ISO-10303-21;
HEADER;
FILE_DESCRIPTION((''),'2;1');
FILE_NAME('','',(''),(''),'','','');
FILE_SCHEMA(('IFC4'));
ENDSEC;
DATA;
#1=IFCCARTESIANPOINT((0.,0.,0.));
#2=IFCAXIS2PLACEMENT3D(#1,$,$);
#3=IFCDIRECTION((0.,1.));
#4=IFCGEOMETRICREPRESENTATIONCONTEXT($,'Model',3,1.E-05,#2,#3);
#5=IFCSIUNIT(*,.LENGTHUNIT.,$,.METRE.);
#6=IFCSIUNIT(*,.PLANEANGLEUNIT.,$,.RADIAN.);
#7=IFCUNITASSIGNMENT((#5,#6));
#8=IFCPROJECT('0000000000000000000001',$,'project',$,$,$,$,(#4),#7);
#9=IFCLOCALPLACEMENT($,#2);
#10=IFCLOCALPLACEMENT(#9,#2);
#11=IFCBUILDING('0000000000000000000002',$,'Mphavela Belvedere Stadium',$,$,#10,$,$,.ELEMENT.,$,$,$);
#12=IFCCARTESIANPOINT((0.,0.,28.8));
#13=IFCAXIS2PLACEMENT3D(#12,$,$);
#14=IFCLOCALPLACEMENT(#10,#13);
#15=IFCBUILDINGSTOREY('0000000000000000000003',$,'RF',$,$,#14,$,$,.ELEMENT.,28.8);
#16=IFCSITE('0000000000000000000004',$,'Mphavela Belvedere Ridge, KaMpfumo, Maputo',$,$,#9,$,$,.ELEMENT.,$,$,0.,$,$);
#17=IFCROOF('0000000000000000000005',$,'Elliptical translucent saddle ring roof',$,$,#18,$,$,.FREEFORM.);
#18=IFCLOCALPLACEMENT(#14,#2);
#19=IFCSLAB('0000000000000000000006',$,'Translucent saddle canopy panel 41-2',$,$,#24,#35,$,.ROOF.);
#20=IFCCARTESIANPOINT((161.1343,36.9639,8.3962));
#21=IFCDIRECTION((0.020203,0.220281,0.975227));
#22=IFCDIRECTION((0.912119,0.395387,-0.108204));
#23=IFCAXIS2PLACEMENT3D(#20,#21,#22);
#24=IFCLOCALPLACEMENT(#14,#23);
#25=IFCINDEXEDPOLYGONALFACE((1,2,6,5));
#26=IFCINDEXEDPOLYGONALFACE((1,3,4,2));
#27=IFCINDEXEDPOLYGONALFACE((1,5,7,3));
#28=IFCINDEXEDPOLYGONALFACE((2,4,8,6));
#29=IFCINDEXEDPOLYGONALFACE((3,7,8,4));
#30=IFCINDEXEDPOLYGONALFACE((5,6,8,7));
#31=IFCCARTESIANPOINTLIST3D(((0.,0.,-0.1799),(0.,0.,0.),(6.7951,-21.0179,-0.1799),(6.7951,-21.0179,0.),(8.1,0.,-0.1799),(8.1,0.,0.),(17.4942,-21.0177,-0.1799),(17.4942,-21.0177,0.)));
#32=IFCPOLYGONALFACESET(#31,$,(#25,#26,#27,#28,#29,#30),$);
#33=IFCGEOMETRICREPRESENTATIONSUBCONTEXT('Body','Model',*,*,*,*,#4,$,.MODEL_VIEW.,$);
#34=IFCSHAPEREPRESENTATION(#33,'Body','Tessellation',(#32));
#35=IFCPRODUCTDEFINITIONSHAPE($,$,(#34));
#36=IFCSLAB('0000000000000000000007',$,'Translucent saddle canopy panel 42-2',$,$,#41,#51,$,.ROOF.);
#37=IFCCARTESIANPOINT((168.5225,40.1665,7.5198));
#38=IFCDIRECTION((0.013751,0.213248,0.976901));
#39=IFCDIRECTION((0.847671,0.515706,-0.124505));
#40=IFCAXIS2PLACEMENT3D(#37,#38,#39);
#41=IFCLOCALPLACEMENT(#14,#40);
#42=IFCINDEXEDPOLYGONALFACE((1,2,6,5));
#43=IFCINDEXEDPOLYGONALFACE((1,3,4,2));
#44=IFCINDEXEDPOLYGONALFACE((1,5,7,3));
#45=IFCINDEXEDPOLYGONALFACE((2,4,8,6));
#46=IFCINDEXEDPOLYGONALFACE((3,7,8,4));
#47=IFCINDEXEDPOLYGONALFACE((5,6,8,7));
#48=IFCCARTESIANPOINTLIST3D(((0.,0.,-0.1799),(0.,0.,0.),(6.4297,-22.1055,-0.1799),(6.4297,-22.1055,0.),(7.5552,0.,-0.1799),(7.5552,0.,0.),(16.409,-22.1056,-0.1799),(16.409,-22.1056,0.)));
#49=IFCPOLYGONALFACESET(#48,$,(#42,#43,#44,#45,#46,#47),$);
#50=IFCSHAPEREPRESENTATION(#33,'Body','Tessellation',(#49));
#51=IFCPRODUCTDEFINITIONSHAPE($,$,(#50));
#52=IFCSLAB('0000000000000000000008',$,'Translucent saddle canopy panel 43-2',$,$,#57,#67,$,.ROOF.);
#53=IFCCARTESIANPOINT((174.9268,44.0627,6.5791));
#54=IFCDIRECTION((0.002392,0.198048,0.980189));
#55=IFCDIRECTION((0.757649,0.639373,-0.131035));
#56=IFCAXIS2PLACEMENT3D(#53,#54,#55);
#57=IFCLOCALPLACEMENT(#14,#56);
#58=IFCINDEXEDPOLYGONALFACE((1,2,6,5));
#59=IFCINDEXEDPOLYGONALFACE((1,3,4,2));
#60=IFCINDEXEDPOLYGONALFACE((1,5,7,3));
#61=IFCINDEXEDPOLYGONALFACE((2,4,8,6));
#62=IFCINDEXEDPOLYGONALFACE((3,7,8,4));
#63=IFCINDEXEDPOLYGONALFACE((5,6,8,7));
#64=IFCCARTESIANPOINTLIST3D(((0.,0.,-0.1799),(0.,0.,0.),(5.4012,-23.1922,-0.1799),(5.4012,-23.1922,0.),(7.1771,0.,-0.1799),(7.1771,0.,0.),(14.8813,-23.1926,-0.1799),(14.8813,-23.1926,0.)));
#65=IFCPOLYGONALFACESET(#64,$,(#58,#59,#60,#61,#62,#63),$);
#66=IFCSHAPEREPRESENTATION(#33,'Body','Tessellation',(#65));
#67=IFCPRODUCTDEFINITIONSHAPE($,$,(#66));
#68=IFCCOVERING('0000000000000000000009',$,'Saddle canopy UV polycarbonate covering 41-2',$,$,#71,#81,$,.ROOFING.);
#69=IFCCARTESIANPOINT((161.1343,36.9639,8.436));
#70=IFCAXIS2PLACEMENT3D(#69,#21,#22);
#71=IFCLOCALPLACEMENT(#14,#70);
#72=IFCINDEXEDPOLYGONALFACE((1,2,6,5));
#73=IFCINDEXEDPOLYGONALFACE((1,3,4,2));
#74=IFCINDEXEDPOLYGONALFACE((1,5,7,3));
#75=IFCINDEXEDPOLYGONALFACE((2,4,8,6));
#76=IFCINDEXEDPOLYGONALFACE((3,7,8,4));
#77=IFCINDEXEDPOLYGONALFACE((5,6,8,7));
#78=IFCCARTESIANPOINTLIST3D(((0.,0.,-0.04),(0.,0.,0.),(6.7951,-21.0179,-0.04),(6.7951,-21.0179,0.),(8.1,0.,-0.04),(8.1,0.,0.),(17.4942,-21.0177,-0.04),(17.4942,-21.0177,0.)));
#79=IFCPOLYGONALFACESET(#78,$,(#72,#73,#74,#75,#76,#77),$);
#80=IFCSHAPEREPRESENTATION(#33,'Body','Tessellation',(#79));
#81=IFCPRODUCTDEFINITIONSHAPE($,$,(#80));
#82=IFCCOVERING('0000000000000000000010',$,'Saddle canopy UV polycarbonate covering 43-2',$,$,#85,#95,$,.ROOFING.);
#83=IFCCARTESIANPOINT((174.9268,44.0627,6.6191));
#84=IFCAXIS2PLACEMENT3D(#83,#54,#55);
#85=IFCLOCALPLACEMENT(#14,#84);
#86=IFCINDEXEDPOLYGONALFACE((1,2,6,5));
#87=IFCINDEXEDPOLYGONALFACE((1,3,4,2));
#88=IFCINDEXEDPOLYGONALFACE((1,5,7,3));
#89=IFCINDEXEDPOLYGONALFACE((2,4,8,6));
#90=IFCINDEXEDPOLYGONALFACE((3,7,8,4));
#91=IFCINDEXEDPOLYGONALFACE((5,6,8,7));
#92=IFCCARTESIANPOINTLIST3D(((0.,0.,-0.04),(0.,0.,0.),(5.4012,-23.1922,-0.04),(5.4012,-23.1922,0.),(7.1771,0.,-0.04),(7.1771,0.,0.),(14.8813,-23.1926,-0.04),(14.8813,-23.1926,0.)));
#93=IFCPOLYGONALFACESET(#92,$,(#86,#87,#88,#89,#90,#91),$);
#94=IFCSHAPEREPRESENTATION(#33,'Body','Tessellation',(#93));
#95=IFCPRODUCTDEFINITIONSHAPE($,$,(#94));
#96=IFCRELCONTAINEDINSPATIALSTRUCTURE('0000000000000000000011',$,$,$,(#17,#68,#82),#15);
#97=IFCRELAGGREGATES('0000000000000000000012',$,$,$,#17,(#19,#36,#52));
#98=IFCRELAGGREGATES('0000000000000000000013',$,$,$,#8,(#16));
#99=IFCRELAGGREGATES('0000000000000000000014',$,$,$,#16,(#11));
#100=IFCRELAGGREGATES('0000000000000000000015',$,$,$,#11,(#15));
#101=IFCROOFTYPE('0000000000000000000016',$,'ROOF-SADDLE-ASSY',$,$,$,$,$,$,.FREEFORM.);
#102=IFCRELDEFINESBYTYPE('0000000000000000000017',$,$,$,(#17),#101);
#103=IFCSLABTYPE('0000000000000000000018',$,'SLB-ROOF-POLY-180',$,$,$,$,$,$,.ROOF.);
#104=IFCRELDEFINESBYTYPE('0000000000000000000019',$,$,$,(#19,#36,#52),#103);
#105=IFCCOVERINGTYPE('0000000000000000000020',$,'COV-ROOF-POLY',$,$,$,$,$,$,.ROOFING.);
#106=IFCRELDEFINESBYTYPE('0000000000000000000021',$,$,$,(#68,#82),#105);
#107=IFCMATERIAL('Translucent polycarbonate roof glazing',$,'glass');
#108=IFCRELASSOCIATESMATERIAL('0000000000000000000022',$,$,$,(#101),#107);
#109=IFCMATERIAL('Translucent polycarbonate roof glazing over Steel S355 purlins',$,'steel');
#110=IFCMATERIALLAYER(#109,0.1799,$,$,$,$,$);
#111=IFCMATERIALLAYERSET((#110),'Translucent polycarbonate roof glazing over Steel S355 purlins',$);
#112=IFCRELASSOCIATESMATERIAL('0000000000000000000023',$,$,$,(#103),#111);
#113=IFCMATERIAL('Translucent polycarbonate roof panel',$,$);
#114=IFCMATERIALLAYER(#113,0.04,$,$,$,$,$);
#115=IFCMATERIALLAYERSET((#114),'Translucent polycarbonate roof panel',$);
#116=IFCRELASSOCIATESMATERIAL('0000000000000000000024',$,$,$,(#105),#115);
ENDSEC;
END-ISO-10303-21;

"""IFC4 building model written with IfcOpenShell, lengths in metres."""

from ifc_helpers import new_model, si_unit, direction, frame, origin, place, context, subcontext, project, spatial, polyline, outline, extrude, material, layer, layer_set, type_object, element, aggregate, save


model = new_model("IFC4")

# Units and contexts
model_context = context("Model", 3, precision=1e-05, world=origin(), true_north=direction((0.0, 1.0)))
body_context = subcontext(model_context, "Body", "Model", "MODEL_VIEW")
ifc_project = project(units=[si_unit("LENGTHUNIT", "METRE"), si_unit("PLANEANGLEUNIT", "RADIAN")], contexts=[model_context])

# Site, building, storey
site_placement = place(None, origin())
site = spatial("IfcSite", under=ifc_project, at=site_placement, Name="Mphavela Belvedere Ridge, KaMpfumo, Maputo", CompositionType="ELEMENT", RefElevation=0.0)
building_placement = place(site_placement, origin())
building = spatial("IfcBuilding", under=site, at=building_placement, Name="Mphavela Belvedere Stadium", CompositionType="ELEMENT")
storey_placement = place(building_placement, frame((0.0, 0.0, 28.8)))
storey = spatial("IfcBuildingStorey", under=building, at=storey_placement, Name="RF", CompositionType="ELEMENT", Elevation=28.8)

# Roof, slabs
ifc_material_1 = material(Name="Translucent polycarbonate roof glazing", Category="glass")
roof_type = type_object("IfcRoofType", Name="ROOF-SADDLE-ASSY", PredefinedType="FREEFORM", material=ifc_material_1)
roof_placement = place(storey_placement, origin())
roof = element("IfcRoof", 1, at=roof_placement, inside=storey, type_object=roof_type, Name="Elliptical translucent saddle ring roof", PredefinedType="FREEFORM")
ifc_material_2 = material(Name="Translucent polycarbonate roof glazing over Steel S355 purlins", Category="steel")
ifc_layer_1 = layer(ifc_material_2, 0.1799)
ifc_layer_set_1 = layer_set([ifc_layer_1], Name="Translucent polycarbonate roof glazing over Steel S355 purlins")
slab_type = type_object("IfcSlabType", Name="SLB-ROOF-POLY-180", PredefinedType="ROOF", material=ifc_layer_set_1)
slab_1_placement = place(storey_placement, frame((161.1343, 36.9639, 8.3962), z_axis=(0.020203, 0.220281, 0.975227), x_axis=(0.912119, 0.395387, -0.108204)))
slab_1 = element("IfcSlab", 2, at=slab_1_placement, type_object=slab_type, Name="Translucent saddle canopy panel 41-2", PredefinedType="ROOF", context=body_context, shape_type="SweptSolid", body=[
    extrude(outline(polyline([(0.0, 0.0), (8.1, 0.0), (17.4942, -21.0177), (6.7951, -21.0179), (0.0, 0.0)])), origin(), (0.0, 0.0, -1.0), 0.1799),
])
slab_2_placement = place(storey_placement, frame((168.5225, 40.1665, 7.5198), z_axis=(0.013751, 0.213248, 0.976901), x_axis=(0.847671, 0.515706, -0.124505)))
slab_2 = element("IfcSlab", 3, at=slab_2_placement, type_object=slab_type, Name="Translucent saddle canopy panel 42-2", PredefinedType="ROOF", context=body_context, shape_type="SweptSolid", body=[
    extrude(outline(polyline([(0.0, 0.0), (7.5552, 0.0), (16.409, -22.1056), (6.4297, -22.1055), (0.0, 0.0)])), origin(), (0.0, 0.0, -1.0), 0.1799),
])
slab_3_placement = place(storey_placement, frame((174.9268, 44.0627, 6.5791), z_axis=(0.002392, 0.198048, 0.980189), x_axis=(0.757649, 0.639373, -0.131035)))
slab_3 = element("IfcSlab", 4, at=slab_3_placement, type_object=slab_type, Name="Translucent saddle canopy panel 43-2", PredefinedType="ROOF", context=body_context, shape_type="SweptSolid", body=[
    extrude(outline(polyline([(0.0, 0.0), (7.1771, 0.0), (14.8813, -23.1926), (5.4012, -23.1922), (0.0, 0.0)])), origin(), (0.0, 0.0, -1.0), 0.1799),
])
aggregate(roof, [slab_1, slab_2, slab_3])

# Coverings
ifc_material_3 = material(Name="Translucent polycarbonate roof panel")
ifc_layer_2 = layer(ifc_material_3, 0.04)
ifc_layer_set_2 = layer_set([ifc_layer_2], Name="Translucent polycarbonate roof panel")
covering_type = type_object("IfcCoveringType", Name="COV-ROOF-POLY", PredefinedType="ROOFING", material=ifc_layer_set_2)
covering_1_placement = place(storey_placement, frame((161.1343, 36.9639, 8.436), z_axis=(0.020203, 0.220281, 0.975227), x_axis=(0.912119, 0.395387, -0.108204)))
element("IfcCovering", 5, at=covering_1_placement, inside=storey, type_object=covering_type, Name="Saddle canopy UV polycarbonate covering 41-2", PredefinedType="ROOFING", context=body_context, shape_type="SweptSolid", body=[
    extrude(outline(polyline([(0.0, 0.0), (8.1, 0.0), (17.4942, -21.0177), (6.7951, -21.0179), (0.0, 0.0)])), origin(), (0.0, 0.0, -1.0), 0.04),
])
covering_2_placement = place(storey_placement, frame((174.9268, 44.0627, 6.6191), z_axis=(0.002392, 0.198048, 0.980189), x_axis=(0.757649, 0.639373, -0.131035)))
element("IfcCovering", 6, at=covering_2_placement, inside=storey, type_object=covering_type, Name="Saddle canopy UV polycarbonate covering 43-2", PredefinedType="ROOFING", context=body_context, shape_type="SweptSolid", body=[
    extrude(outline(polyline([(0.0, 0.0), (7.1771, 0.0), (14.8813, -23.1926), (5.4012, -23.1922), (0.0, 0.0)])), origin(), (0.0, 0.0, -1.0), 0.04),
])

save(model, "model.ifc")
